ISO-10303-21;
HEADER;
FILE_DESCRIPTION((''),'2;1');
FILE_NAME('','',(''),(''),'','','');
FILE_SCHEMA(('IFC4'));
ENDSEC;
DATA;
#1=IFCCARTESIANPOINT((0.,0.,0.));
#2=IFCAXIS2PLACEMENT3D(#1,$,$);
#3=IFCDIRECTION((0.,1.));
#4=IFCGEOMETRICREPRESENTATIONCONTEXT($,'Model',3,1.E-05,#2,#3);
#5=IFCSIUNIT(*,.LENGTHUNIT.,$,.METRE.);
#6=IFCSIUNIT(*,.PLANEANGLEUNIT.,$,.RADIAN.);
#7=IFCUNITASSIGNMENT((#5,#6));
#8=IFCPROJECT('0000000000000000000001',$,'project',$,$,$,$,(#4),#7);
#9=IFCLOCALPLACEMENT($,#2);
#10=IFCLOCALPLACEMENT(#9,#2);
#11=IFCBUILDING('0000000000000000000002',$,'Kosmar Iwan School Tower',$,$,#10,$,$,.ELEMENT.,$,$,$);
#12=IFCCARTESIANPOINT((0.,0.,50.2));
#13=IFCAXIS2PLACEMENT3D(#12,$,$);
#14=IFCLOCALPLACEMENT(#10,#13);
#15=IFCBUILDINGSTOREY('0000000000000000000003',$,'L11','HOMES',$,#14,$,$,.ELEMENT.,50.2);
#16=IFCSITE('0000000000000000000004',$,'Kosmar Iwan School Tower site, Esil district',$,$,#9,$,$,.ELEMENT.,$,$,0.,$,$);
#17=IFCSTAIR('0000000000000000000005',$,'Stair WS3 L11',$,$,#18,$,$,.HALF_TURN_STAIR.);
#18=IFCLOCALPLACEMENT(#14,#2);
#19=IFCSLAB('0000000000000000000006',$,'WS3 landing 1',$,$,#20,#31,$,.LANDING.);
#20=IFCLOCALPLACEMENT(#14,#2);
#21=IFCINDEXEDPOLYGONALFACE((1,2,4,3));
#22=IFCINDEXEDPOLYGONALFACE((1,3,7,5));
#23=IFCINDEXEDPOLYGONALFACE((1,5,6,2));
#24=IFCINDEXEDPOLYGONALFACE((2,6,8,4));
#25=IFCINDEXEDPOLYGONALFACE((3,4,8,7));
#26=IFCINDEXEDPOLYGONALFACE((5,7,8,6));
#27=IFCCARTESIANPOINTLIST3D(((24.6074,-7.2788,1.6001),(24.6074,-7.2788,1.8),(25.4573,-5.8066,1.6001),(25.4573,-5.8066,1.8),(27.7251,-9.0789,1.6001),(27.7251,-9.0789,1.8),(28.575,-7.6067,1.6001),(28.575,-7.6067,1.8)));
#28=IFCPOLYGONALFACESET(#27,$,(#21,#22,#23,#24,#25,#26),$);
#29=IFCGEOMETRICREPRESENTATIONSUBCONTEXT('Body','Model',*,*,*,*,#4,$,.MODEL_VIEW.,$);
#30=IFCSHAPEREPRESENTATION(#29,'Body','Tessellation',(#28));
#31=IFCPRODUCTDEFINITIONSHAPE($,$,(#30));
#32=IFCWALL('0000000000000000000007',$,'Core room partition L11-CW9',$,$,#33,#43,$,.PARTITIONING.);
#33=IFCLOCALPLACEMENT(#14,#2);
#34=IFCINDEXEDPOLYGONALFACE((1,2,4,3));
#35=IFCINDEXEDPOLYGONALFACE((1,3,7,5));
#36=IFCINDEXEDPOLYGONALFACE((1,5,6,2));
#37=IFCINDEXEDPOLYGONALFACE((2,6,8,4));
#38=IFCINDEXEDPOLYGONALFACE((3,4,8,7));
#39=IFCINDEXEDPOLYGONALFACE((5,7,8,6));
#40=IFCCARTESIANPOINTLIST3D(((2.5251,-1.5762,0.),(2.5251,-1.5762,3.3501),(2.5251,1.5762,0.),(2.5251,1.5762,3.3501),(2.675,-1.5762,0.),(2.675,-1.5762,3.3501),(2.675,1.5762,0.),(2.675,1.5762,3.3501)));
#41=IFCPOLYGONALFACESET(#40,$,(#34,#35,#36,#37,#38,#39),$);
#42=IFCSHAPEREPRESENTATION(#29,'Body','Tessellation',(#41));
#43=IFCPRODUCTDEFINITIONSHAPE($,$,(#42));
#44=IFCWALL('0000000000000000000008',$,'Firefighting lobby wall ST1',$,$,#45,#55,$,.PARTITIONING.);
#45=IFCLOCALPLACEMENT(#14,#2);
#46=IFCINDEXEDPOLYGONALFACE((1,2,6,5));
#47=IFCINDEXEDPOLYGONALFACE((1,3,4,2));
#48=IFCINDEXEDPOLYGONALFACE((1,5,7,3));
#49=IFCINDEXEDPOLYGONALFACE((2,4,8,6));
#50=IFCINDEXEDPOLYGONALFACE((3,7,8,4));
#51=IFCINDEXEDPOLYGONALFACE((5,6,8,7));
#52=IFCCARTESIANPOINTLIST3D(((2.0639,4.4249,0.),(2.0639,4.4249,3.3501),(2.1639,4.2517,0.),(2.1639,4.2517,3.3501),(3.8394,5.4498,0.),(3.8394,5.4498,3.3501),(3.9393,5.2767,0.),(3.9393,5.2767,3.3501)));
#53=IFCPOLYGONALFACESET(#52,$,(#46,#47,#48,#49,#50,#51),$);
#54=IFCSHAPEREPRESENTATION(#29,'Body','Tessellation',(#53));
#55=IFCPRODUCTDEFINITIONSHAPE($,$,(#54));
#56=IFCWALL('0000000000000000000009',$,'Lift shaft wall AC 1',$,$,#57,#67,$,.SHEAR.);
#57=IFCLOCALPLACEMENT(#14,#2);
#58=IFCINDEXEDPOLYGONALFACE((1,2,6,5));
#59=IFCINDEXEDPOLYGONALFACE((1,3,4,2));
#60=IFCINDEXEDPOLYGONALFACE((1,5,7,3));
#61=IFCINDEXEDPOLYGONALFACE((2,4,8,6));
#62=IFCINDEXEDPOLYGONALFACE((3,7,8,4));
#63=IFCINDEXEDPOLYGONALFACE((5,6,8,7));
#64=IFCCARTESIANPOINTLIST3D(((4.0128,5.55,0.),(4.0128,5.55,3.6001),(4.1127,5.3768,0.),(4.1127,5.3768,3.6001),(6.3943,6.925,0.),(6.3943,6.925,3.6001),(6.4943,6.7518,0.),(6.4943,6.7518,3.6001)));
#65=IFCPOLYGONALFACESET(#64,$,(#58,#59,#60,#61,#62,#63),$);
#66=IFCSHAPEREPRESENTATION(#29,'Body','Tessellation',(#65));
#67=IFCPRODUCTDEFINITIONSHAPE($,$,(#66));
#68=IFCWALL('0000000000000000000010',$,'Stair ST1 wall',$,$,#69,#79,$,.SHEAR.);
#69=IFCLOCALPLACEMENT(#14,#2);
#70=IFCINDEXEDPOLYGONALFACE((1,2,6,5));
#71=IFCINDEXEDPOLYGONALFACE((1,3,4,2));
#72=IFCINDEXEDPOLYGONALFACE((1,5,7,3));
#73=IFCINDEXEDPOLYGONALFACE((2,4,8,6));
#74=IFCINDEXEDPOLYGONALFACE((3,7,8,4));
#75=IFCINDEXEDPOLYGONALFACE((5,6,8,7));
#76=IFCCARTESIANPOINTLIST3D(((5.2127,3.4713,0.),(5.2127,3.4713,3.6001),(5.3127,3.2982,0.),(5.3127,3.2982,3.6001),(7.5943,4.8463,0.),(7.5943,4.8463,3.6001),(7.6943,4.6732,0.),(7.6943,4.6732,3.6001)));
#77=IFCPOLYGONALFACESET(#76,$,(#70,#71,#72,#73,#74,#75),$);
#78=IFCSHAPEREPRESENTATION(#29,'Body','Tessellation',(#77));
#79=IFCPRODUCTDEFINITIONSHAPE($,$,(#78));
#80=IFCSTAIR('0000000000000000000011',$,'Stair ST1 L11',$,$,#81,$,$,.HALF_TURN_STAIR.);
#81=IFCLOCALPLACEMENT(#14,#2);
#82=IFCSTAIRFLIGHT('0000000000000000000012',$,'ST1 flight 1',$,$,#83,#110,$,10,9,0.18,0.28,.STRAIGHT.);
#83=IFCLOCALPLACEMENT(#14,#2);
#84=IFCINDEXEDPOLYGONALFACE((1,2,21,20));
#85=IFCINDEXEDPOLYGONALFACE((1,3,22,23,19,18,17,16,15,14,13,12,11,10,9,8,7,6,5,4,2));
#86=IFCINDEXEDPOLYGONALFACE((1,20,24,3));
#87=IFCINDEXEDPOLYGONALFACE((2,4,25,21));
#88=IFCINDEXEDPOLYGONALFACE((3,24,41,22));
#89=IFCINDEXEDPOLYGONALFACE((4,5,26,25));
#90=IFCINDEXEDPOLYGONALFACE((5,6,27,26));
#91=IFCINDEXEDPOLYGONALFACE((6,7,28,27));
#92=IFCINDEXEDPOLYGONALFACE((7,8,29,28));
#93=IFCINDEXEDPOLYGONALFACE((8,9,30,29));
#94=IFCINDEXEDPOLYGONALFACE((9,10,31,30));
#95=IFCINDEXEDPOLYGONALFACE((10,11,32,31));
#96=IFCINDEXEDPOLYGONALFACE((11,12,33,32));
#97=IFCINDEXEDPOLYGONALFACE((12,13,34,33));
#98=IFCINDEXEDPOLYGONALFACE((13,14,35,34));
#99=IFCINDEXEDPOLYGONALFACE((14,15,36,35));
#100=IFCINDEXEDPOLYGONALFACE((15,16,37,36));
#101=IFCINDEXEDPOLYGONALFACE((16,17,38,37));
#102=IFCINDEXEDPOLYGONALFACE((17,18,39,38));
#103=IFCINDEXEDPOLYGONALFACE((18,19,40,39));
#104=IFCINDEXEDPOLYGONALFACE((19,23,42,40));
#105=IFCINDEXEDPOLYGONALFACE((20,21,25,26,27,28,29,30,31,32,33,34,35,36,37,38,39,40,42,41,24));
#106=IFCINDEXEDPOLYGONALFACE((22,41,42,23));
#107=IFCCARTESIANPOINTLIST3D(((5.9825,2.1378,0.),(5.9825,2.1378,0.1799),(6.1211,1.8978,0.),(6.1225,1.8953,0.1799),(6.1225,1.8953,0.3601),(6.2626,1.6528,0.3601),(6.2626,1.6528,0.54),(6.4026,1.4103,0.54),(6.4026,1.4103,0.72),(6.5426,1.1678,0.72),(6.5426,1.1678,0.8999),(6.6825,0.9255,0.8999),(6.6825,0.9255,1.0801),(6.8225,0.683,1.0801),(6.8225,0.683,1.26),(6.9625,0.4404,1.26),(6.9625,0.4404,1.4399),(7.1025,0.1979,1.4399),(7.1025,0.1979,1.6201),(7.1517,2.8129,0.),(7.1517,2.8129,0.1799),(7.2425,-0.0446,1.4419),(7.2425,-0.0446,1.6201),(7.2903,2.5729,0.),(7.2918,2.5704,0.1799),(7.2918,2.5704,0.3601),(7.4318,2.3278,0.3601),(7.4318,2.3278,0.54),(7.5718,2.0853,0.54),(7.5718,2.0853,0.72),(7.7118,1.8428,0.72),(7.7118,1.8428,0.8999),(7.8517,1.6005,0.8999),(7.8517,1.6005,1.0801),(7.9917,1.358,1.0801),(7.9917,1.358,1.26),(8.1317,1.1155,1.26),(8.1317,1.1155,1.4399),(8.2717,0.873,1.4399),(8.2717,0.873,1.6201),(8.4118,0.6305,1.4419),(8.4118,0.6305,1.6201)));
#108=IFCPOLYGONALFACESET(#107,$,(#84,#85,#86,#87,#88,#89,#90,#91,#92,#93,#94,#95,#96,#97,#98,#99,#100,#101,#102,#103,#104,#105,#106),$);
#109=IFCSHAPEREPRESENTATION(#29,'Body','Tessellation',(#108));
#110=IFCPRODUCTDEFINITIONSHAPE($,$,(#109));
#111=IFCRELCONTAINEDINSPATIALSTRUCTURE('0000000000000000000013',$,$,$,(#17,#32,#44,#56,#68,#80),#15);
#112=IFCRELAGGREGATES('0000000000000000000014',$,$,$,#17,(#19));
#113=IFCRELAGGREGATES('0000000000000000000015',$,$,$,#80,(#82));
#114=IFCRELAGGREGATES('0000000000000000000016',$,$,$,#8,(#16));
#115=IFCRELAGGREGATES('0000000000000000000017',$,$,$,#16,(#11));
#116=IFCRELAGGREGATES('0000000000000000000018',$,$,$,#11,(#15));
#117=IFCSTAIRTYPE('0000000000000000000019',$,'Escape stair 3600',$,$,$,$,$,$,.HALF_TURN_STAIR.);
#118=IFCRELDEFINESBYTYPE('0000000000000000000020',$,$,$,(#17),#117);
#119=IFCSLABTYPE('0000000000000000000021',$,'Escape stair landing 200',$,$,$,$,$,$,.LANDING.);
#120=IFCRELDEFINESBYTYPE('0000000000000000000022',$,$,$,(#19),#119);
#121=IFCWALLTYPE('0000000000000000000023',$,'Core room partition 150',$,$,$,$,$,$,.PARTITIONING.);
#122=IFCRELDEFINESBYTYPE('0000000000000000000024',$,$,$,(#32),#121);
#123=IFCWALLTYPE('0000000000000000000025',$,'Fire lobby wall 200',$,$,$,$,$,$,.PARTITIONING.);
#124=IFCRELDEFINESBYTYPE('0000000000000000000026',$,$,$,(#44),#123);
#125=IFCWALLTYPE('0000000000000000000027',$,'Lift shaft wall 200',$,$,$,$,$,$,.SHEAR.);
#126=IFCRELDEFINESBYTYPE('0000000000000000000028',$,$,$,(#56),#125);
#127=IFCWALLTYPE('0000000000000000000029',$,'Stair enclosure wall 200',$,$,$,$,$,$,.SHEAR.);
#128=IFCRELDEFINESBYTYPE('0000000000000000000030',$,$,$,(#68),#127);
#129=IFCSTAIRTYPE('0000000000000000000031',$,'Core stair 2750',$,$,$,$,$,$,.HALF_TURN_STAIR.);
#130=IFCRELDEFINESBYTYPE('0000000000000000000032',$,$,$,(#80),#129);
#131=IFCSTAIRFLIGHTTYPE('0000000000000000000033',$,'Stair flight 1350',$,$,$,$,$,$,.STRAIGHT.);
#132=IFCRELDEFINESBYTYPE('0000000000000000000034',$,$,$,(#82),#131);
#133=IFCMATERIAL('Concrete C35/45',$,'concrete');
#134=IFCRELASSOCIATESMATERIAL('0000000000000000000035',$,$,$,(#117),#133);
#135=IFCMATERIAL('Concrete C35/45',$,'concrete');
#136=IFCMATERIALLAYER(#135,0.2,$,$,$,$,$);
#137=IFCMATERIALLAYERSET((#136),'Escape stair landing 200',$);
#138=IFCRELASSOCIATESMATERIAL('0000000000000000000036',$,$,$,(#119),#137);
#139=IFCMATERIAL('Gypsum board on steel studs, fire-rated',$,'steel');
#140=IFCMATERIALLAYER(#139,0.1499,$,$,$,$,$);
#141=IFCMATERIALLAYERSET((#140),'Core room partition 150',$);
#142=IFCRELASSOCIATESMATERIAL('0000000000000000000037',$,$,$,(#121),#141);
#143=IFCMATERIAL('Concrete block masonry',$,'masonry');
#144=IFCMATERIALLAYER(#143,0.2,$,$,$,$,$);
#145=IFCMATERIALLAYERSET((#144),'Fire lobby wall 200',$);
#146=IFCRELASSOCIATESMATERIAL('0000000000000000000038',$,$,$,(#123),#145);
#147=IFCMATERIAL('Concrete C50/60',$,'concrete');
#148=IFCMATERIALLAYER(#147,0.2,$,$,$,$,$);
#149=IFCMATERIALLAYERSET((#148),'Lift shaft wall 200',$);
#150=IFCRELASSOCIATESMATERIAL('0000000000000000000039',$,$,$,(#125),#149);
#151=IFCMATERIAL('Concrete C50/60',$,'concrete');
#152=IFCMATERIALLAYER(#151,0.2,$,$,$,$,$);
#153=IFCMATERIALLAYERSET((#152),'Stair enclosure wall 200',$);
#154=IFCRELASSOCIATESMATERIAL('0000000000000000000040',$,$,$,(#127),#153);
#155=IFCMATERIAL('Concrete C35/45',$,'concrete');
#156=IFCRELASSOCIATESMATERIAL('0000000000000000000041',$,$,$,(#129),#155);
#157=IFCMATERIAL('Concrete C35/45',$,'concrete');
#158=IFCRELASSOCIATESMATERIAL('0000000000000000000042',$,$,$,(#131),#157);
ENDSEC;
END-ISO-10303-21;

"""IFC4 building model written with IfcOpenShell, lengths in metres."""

from ifc_helpers import new_model, si_unit, direction, frame, frame_2d, origin, place, context, subcontext, project, spatial, polyline, rectangle, outline, extrude, material, layer, layer_set, type_object, element, aggregate, save


model = new_model("IFC4")

# Units and contexts
model_context = context("Model", 3, precision=1e-05, world=origin(), true_north=direction((0.0, 1.0)))
body_context = subcontext(model_context, "Body", "Model", "MODEL_VIEW")
ifc_project = project(units=[si_unit("LENGTHUNIT", "METRE"), si_unit("PLANEANGLEUNIT", "RADIAN")], contexts=[model_context])

# Site, building, storey
site_placement = place(None, origin())
site = spatial("IfcSite", under=ifc_project, at=site_placement, Name="Kosmar Iwan School Tower site, Esil district", CompositionType="ELEMENT", RefElevation=0.0)
building_placement = place(site_placement, origin())
building = spatial("IfcBuilding", under=site, at=building_placement, Name="Kosmar Iwan School Tower", CompositionType="ELEMENT")
storey_placement = place(building_placement, frame((0.0, 0.0, 50.2)))
storey = spatial("IfcBuildingStorey", under=building, at=storey_placement, Name="L11", Description="HOMES", CompositionType="ELEMENT", Elevation=50.2)

# Stair, slab
ifc_material_1 = material(Name="Concrete C35/45", Category="concrete")
stair_type_1 = type_object("IfcStairType", Name="Escape stair 3600", PredefinedType="HALF_TURN_STAIR", material=ifc_material_1)
stair_1_placement = place(storey_placement, origin())
stair_1 = element("IfcStair", 1, at=stair_1_placement, inside=storey, type_object=stair_type_1, Name="Stair WS3 L11", PredefinedType="HALF_TURN_STAIR")
ifc_material_2 = material(Name="Concrete C35/45", Category="concrete")
ifc_layer_1 = layer(ifc_material_2, 0.2)
ifc_layer_set_1 = layer_set([ifc_layer_1], Name="Escape stair landing 200")
slab_type = type_object("IfcSlabType", Name="Escape stair landing 200", PredefinedType="LANDING", material=ifc_layer_set_1)
slab_placement = place(storey_placement, frame((0.0, 0.0, 1.6001)))
slab = element("IfcSlab", 2, at=slab_placement, type_object=slab_type, Name="WS3 landing 1", PredefinedType="LANDING", context=body_context, shape_type="SweptSolid", body=[
    extrude(outline(polyline([(24.6074, -7.2788), (27.7251, -9.0789), (28.575, -7.6067), (25.4573, -5.8066), (24.6074, -7.2788)])), origin(), (0.0, 0.0, 1.0), 0.2),
])
aggregate(stair_1, [slab])

# Walls
ifc_material_3 = material(Name="Gypsum board on steel studs, fire-rated", Category="steel")
ifc_layer_2 = layer(ifc_material_3, 0.1499)
ifc_layer_set_2 = layer_set([ifc_layer_2], Name="Core room partition 150")
wall_type_1 = type_object("IfcWallType", Name="Core room partition 150", PredefinedType="PARTITIONING", material=ifc_layer_set_2)
wall_1_placement = place(storey_placement, frame((2.6001, 1.5762, 0.0), z_axis=(0.0, 0.0, 1.0), x_axis=(0.0, -1.0, 0.0)))
element("IfcWall", 3, at=wall_1_placement, inside=storey, type_object=wall_type_1, Name="Core room partition L11-CW9", PredefinedType="PARTITIONING", context=body_context, shape_type="SweptSolid", body=[
    extrude(rectangle(XDim=3.1523, YDim=0.1499, at=frame_2d((1.5762, 0.0))), origin(), (0.0, 0.0, 1.0), 3.3501),
])
ifc_material_4 = material(Name="Concrete block masonry", Category="masonry")
ifc_layer_3 = layer(ifc_material_4, 0.2)
ifc_layer_set_3 = layer_set([ifc_layer_3], Name="Fire lobby wall 200")
wall_type_2 = type_object("IfcWallType", Name="Fire lobby wall 200", PredefinedType="PARTITIONING", material=ifc_layer_set_3)
wall_2_placement = place(storey_placement, frame((2.114, 4.3384, 0.0), z_axis=(0.0, 0.0, 1.0), x_axis=(0.866051, 0.499956, 0.0)))
element("IfcWall", 4, at=wall_2_placement, inside=storey, type_object=wall_type_2, Name="Firefighting lobby wall ST1", PredefinedType="PARTITIONING", context=body_context, shape_type="SweptSolid", body=[
    extrude(rectangle(XDim=2.05, YDim=0.2, at=frame_2d((1.0249, 0.0))), origin(), (0.0, 0.0, 1.0), 3.3501),
])
ifc_material_5 = material(Name="Concrete C50/60", Category="concrete")
ifc_layer_4 = layer(ifc_material_5, 0.2)
ifc_layer_set_4 = layer_set([ifc_layer_4], Name="Lift shaft wall 200")
wall_type_3 = type_object("IfcWallType", Name="Lift shaft wall 200", PredefinedType="SHEAR", material=ifc_layer_set_4)
wall_3_placement = place(storey_placement, frame((4.0627, 5.4634, 0.0), z_axis=(0.0, 0.0, 1.0), x_axis=(0.866027, 0.499997, 0.0)))
element("IfcWall", 5, at=wall_3_placement, inside=storey, type_object=wall_type_3, Name="Lift shaft wall AC 1", PredefinedType="SHEAR", context=body_context, shape_type="SweptSolid", body=[
    extrude(rectangle(XDim=2.75, YDim=0.2, at=frame_2d((1.375, 0.0))), origin(), (0.0, 0.0, 1.0), 3.6001),
])
ifc_material_6 = material(Name="Concrete C50/60", Category="concrete")
ifc_layer_5 = layer(ifc_material_6, 0.2)
ifc_layer_set_5 = layer_set([ifc_layer_5], Name="Stair enclosure wall 200")
wall_type_4 = type_object("IfcWallType", Name="Stair enclosure wall 200", PredefinedType="SHEAR", material=ifc_layer_set_5)
wall_4_placement = place(storey_placement, frame((5.2627, 3.3848, 0.0), z_axis=(0.0, 0.0, 1.0), x_axis=(0.866027, 0.499997, 0.0)))
element("IfcWall", 6, at=wall_4_placement, inside=storey, type_object=wall_type_4, Name="Stair ST1 wall", PredefinedType="SHEAR", context=body_context, shape_type="SweptSolid", body=[
    extrude(rectangle(XDim=2.75, YDim=0.2, at=frame_2d((1.375, 0.0))), origin(), (0.0, 0.0, 1.0), 3.6001),
])

# Stair, stair flight
ifc_material_7 = material(Name="Concrete C35/45", Category="concrete")
stair_type_2 = type_object("IfcStairType", Name="Core stair 2750", PredefinedType="HALF_TURN_STAIR", material=ifc_material_7)
stair_2_placement = place(storey_placement, origin())
stair_2 = element("IfcStair", 7, at=stair_2_placement, inside=storey, type_object=stair_type_2, Name="Stair ST1 L11", PredefinedType="HALF_TURN_STAIR")
ifc_material_8 = material(Name="Concrete C35/45", Category="concrete")
stair_flight_type = type_object("IfcStairFlightType", Name="Stair flight 1350", PredefinedType="STRAIGHT", material=ifc_material_8)
stair_flight_placement = place(storey_placement, frame((6.5671, 2.4753, 0.0), z_axis=(0.0, 0.0, 1.0), x_axis=(0.5, -0.866025, 0.0)))
stair_flight = element("IfcStairFlight", 8, at=stair_flight_placement, type_object=stair_flight_type, Name="ST1 flight 1", NumberOfRisers=10, NumberOfTreads=9, PredefinedType="STRAIGHT", RiserHeight=0.18, TreadLength=0.28, context=body_context, shape_type="SweptSolid", body=[
    extrude(outline(polyline([(0.0, 0.0), (0.0, 0.1799), (0.28, 0.1799), (0.28, 0.3601), (0.5601, 0.3601), (0.5601, 0.54), (0.8401, 0.54), (0.8401, 0.72), (1.1201, 0.72), (1.1201, 0.8999), (1.3999, 0.8999), (1.3999, 1.0801), (1.6799, 1.0801), (1.6799, 1.26), (1.96, 1.26), (1.96, 1.4399), (2.24, 1.4399), (2.24, 1.6201), (2.52, 1.6201), (2.52, 1.8), (2.52, 1.4419), (0.2771, 0.0), (0.0, 0.0)])), frame((0.0, 0.675, 0.0), z_axis=(0.0, -1.0, 0.0), x_axis=(1.0, 0.0, 0.0)), (0.0, 0.0, 1.0), 1.3501),
])
aggregate(stair_2, [stair_flight])

save(model, "model.ifc")
